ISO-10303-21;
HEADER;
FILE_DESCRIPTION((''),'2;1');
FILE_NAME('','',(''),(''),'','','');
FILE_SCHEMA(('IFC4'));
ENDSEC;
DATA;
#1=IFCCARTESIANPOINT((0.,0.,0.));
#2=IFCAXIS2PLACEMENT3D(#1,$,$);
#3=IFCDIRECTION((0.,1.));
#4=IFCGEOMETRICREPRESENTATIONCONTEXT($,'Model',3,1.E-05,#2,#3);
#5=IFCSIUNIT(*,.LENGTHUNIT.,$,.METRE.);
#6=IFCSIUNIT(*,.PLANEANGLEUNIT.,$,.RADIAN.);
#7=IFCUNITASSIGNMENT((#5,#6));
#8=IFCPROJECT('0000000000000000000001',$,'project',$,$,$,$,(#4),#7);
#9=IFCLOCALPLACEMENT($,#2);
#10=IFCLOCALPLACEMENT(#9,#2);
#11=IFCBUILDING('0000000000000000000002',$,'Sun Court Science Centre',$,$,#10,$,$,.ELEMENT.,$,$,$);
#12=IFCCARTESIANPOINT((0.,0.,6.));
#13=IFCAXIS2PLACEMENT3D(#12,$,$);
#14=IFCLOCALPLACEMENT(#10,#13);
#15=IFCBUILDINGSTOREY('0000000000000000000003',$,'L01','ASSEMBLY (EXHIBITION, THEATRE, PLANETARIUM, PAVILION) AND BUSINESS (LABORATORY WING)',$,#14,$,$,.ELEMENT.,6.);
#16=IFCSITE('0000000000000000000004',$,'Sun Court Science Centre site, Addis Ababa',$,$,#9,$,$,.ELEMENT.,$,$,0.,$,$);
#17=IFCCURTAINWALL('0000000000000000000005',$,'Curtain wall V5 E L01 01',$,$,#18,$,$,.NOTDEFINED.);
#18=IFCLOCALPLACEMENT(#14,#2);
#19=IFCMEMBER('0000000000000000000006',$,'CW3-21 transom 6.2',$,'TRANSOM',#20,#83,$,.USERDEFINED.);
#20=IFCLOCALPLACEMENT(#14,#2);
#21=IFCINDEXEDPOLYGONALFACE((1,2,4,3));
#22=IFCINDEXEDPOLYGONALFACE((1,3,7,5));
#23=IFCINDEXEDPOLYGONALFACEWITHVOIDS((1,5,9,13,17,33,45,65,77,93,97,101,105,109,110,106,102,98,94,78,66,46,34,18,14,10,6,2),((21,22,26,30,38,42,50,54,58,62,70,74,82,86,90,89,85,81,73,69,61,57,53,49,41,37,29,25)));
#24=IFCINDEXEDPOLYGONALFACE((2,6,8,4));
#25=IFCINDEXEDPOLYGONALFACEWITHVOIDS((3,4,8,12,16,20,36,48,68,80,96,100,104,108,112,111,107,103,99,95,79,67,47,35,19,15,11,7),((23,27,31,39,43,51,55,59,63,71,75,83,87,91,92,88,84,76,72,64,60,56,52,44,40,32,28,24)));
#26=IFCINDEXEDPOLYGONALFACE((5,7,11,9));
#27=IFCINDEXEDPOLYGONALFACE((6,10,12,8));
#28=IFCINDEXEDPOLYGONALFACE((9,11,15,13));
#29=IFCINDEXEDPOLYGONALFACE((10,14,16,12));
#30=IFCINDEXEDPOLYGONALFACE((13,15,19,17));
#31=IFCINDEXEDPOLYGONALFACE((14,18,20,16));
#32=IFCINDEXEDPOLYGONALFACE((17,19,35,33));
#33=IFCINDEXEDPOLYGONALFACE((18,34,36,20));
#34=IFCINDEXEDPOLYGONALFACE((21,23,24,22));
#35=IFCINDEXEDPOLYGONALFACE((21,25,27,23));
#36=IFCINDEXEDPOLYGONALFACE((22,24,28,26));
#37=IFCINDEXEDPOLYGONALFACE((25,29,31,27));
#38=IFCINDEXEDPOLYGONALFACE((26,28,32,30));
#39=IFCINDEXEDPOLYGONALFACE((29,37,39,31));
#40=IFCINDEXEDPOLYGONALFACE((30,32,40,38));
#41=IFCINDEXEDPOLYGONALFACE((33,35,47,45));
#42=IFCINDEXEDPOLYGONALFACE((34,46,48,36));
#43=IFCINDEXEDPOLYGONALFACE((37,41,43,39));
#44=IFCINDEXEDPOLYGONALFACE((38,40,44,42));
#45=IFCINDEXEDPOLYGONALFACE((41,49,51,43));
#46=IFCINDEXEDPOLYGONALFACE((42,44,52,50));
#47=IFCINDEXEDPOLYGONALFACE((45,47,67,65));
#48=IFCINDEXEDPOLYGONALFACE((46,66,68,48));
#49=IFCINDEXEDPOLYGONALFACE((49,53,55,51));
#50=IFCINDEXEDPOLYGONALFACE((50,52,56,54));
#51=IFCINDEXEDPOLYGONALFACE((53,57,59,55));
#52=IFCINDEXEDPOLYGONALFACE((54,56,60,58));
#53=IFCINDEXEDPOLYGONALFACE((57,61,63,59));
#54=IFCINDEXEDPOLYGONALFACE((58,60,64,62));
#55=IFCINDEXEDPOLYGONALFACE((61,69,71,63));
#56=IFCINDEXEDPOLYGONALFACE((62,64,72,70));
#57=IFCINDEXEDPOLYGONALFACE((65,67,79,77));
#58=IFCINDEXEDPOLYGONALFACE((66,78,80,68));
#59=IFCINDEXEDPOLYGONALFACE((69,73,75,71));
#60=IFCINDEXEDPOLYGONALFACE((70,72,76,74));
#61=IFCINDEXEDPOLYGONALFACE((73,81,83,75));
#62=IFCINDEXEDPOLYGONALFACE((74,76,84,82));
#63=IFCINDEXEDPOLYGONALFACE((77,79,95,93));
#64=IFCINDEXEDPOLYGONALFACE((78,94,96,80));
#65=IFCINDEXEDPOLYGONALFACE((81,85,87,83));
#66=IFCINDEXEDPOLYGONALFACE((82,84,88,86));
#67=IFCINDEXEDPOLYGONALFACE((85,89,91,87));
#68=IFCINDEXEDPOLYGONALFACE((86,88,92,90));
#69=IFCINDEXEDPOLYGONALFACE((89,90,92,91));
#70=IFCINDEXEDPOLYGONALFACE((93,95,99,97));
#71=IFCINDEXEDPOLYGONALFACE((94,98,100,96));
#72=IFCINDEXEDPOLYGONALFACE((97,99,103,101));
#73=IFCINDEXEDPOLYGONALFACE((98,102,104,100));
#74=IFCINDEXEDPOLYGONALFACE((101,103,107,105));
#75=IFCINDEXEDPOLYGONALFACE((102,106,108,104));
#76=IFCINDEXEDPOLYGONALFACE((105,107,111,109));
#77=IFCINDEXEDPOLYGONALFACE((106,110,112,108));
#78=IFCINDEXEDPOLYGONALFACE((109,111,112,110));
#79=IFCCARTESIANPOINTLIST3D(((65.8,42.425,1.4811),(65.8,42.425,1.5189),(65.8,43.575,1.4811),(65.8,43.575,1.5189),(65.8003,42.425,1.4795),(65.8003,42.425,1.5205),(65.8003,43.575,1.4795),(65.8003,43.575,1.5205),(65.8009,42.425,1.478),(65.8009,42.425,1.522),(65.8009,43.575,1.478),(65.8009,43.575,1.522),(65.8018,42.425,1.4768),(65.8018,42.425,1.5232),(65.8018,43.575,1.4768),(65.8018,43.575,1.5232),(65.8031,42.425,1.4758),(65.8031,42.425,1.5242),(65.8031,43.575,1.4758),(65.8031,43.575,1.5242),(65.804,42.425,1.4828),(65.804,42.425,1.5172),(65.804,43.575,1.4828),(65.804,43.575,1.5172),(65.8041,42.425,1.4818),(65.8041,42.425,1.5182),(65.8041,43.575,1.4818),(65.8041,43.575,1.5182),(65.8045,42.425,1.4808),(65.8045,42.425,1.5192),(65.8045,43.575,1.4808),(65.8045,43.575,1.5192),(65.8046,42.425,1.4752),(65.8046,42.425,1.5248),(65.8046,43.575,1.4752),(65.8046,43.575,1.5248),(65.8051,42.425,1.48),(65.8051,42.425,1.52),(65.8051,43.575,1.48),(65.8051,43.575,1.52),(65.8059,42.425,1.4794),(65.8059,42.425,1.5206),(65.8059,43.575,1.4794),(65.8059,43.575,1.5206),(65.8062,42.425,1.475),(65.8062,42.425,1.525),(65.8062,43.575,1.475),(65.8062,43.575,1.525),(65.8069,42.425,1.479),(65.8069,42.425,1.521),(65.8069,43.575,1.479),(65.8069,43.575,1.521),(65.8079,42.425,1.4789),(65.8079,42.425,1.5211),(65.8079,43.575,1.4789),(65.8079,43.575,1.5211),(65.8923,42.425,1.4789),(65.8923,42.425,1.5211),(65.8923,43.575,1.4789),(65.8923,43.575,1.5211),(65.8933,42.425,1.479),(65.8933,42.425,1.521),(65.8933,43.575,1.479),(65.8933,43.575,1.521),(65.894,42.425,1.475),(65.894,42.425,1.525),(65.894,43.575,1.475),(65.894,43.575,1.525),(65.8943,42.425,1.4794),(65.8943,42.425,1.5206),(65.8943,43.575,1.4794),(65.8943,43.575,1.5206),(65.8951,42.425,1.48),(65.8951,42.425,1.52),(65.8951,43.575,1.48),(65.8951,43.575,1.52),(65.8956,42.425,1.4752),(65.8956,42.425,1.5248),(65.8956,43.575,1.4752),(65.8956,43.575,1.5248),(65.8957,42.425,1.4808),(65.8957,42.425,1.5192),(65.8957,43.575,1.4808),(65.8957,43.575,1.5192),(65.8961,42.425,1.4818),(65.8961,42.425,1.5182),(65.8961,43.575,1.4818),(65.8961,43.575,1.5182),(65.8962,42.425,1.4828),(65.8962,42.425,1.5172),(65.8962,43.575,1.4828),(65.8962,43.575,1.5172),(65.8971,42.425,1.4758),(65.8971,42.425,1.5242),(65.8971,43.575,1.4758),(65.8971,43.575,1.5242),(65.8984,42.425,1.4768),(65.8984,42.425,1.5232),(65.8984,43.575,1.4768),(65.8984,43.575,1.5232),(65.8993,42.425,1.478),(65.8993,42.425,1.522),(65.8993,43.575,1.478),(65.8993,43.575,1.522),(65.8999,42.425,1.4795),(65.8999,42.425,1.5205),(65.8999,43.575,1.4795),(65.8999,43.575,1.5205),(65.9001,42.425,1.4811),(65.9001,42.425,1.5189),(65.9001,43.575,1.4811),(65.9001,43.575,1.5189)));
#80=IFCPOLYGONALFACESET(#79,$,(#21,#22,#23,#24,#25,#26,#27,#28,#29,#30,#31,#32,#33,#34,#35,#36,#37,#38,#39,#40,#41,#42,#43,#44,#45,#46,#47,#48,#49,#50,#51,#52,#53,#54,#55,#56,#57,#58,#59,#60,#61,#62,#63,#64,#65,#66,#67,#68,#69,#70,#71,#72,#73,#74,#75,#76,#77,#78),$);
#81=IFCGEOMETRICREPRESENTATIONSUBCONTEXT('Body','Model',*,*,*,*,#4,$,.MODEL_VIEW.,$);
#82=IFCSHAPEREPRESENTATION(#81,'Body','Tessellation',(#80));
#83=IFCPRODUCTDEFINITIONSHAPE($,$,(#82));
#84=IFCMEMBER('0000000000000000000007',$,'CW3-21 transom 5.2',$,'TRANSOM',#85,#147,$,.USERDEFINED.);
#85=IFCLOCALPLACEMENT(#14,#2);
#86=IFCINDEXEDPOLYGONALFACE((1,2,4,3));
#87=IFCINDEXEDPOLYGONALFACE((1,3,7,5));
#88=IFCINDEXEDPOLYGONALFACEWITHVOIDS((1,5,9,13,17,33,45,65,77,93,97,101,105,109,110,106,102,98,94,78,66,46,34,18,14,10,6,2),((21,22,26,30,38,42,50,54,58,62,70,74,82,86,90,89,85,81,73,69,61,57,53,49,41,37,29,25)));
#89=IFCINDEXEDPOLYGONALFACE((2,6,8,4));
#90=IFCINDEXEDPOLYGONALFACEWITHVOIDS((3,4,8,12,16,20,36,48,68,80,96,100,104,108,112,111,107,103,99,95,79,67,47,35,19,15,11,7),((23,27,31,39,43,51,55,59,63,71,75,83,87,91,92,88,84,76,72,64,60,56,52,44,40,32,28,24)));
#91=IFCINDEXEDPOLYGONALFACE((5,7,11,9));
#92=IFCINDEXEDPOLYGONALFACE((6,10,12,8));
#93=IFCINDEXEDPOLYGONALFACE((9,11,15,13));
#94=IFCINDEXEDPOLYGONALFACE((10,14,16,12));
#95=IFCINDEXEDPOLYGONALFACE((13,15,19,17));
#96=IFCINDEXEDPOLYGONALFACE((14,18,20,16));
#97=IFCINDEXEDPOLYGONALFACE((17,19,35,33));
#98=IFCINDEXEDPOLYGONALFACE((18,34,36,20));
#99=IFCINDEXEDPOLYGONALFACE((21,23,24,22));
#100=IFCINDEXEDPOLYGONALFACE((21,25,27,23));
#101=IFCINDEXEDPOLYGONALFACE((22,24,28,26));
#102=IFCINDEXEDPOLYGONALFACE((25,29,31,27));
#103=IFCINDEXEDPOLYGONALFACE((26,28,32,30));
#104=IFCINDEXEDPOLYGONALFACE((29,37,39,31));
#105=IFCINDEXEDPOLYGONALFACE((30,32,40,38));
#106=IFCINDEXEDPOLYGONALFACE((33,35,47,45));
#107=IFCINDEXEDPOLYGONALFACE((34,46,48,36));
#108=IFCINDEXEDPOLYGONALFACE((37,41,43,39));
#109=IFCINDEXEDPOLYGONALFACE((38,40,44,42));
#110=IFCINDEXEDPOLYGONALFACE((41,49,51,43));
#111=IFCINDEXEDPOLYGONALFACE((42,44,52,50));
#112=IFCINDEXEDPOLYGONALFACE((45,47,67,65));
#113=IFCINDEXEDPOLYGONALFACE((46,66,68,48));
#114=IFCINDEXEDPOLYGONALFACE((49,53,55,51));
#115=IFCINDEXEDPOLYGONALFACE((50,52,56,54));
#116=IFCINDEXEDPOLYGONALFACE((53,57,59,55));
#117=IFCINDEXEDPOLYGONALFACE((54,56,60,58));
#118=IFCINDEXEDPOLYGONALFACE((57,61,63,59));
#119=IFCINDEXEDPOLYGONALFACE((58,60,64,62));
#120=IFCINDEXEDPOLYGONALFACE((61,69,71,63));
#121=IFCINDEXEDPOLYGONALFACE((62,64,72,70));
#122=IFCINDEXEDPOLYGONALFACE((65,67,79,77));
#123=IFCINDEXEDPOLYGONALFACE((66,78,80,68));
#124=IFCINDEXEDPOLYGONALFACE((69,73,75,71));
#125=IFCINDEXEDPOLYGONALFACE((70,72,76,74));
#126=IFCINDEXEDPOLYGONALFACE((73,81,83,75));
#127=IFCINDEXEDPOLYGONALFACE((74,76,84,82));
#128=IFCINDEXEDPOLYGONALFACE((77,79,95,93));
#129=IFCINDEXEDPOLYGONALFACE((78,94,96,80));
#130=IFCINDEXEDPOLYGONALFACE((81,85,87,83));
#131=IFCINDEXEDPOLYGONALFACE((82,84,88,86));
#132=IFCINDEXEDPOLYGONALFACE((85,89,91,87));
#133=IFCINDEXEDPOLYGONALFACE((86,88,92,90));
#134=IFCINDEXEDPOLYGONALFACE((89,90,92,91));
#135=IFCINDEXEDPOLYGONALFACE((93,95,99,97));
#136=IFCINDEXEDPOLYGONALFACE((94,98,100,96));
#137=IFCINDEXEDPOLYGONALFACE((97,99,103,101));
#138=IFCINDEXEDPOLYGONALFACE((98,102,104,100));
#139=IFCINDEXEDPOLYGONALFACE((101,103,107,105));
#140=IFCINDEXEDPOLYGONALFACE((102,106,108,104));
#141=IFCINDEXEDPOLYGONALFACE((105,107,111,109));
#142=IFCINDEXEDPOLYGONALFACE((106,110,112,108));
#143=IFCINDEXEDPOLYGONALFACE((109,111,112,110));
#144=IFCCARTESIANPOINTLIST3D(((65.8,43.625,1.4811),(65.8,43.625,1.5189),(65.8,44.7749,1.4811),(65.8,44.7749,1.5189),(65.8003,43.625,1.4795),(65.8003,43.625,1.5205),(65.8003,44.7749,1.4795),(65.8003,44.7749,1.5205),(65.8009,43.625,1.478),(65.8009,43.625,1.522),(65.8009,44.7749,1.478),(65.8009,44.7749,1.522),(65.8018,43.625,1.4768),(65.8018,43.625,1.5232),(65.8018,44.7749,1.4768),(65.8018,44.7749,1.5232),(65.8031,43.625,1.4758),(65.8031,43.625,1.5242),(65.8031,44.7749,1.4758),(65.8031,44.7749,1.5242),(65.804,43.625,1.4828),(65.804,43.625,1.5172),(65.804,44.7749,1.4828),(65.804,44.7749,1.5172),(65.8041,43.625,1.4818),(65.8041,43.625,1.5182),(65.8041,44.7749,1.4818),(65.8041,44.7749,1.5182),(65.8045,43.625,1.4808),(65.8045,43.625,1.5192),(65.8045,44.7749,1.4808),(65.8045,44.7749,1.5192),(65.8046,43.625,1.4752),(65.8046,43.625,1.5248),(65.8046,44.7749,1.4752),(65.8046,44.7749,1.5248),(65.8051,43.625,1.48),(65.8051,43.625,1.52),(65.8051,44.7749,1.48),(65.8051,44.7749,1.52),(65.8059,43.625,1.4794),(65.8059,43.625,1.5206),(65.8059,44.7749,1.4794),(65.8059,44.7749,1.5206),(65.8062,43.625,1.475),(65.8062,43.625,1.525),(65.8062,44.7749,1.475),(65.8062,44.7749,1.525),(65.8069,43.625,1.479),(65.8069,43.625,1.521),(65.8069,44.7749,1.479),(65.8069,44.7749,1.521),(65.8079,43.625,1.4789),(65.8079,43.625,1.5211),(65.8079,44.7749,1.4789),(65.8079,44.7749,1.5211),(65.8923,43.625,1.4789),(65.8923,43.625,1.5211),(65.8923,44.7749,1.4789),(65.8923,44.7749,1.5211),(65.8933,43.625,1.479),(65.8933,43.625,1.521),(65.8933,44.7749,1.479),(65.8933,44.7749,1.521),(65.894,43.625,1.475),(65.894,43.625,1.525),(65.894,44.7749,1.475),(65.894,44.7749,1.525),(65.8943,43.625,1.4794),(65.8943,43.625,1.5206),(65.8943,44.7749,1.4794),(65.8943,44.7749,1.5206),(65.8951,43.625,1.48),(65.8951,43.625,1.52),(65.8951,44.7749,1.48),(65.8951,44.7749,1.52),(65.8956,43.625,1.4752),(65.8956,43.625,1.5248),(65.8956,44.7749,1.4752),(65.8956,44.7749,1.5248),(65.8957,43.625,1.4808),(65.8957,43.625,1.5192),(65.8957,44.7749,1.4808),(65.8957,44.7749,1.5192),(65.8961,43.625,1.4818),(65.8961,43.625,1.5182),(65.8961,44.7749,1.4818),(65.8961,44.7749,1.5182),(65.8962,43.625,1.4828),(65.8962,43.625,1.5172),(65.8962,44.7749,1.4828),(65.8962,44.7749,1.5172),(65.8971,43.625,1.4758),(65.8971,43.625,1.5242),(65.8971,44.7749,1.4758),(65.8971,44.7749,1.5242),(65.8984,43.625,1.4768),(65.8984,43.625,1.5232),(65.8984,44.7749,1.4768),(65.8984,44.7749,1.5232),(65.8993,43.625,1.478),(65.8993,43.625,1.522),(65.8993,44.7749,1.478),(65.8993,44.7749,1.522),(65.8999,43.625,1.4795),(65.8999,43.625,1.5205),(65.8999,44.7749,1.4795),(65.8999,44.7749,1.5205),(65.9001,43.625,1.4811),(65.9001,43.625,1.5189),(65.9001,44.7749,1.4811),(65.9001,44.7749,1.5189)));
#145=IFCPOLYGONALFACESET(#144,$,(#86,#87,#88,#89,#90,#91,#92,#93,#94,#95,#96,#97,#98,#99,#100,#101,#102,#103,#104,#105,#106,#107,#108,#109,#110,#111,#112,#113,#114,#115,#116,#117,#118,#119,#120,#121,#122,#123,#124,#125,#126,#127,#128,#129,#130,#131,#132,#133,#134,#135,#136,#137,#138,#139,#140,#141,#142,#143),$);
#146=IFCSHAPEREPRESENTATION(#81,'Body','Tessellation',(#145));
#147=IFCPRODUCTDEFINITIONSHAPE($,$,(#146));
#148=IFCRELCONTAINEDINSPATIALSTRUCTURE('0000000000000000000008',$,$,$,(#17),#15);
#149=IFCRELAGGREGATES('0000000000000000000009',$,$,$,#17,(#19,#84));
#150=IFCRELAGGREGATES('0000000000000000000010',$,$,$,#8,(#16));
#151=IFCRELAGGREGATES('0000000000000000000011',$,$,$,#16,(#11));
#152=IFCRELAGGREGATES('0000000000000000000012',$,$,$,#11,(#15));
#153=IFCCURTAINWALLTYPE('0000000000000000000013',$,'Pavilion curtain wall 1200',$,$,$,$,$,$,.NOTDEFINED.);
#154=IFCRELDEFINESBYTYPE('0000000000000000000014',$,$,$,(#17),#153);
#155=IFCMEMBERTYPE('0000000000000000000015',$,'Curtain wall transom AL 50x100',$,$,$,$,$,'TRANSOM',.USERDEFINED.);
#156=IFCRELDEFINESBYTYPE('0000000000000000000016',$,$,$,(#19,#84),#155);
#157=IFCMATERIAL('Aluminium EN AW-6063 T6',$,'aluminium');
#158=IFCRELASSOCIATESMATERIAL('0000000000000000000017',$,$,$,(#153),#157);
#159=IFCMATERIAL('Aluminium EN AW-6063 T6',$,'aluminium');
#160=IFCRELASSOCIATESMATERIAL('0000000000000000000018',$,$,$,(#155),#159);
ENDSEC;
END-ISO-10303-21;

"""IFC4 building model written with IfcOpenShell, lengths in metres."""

from ifc_helpers import new_model, si_unit, direction, frame, origin, origin_2d, place, context, subcontext, project, spatial, hollow_rectangle, extrude, material, material_profile, profile_set, type_object, element, aggregate, save


model = new_model("IFC4")

# Units and contexts
model_context = context("Model", 3, precision=1e-05, world=origin(), true_north=direction((0.0, 1.0)))
body_context = subcontext(model_context, "Body", "Model", "MODEL_VIEW")
ifc_project = project(units=[si_unit("LENGTHUNIT", "METRE"), si_unit("PLANEANGLEUNIT", "RADIAN")], contexts=[model_context])

# Site, building, storey
site_placement = place(None, origin())
site = spatial("IfcSite", under=ifc_project, at=site_placement, Name="Sun Court Science Centre site, Addis Ababa", CompositionType="ELEMENT", RefElevation=0.0)
building_placement = place(site_placement, origin())
building = spatial("IfcBuilding", under=site, at=building_placement, Name="Sun Court Science Centre", CompositionType="ELEMENT")
storey_placement = place(building_placement, frame((0.0, 0.0, 6.0)))
storey = spatial("IfcBuildingStorey", under=building, at=storey_placement, Name="L01", Description="ASSEMBLY (EXHIBITION, THEATRE, PLANETARIUM, PAVILION) AND BUSINESS (LABORATORY WING)", CompositionType="ELEMENT", Elevation=6.0)

# Curtain wall, members
ifc_material_1 = material(Name="Aluminium EN AW-6063 T6", Category="aluminium")
curtain_wall_type = type_object("IfcCurtainWallType", Name="Pavilion curtain wall 1200", PredefinedType="NOTDEFINED", material=ifc_material_1)
curtain_wall_placement = place(storey_placement, origin())
curtain_wall = element("IfcCurtainWall", 1, at=curtain_wall_placement, inside=storey, type_object=curtain_wall_type, Name="Curtain wall V5 E L01 01", PredefinedType="NOTDEFINED")
ifc_material_2 = material(Name="Aluminium EN AW-6063 T6", Category="aluminium")
ifc_material_profile_1 = material_profile(ifc_material_2, hollow_rectangle(XDim=0.05, YDim=0.1001, WallThickness=0.0039, InnerFilletRadius=0.0039, OuterFilletRadius=0.0061, at=origin_2d()), Name="AL 50x100x4")
ifc_profile_set_1 = profile_set([ifc_material_profile_1], Name="Aluminium EN AW-6063 T6")
member_type_1 = type_object("IfcMemberType", Name="Curtain wall transom AL 50x100", ElementType="TRANSOM", PredefinedType="USERDEFINED", material=ifc_profile_set_1)
member_1_placement = place(storey_placement, frame((65.8501, 43.575, 1.5), z_axis=(0.0, -1.0, 0.0), x_axis=(0.0, 0.0, 1.0)))
member_1 = element("IfcMember", 2, at=member_1_placement, type_object=member_type_1, Name="CW3-21 transom 6.2", ObjectType="TRANSOM", PredefinedType="USERDEFINED", context=body_context, shape_type="SweptSolid", body=[
    extrude(hollow_rectangle(XDim=0.05, YDim=0.1001, WallThickness=0.0039, InnerFilletRadius=0.0039, OuterFilletRadius=0.0061, at=origin_2d()), origin(), (0.0, 0.0, 1.0), 1.1499),
])
member_2_placement = place(storey_placement, frame((65.8501, 44.7749, 1.5), z_axis=(0.0, -1.0, 0.0), x_axis=(0.0, 0.0, 1.0)))
member_2 = element("IfcMember", 3, at=member_2_placement, type_object=member_type_1, Name="CW3-21 transom 5.2", ObjectType="TRANSOM", PredefinedType="USERDEFINED", context=body_context, shape_type="SweptSolid", body=[
    extrude(hollow_rectangle(XDim=0.05, YDim=0.1001, WallThickness=0.0039, InnerFilletRadius=0.0039, OuterFilletRadius=0.0061, at=origin_2d()), origin(), (0.0, 0.0, 1.0), 1.1499),
])
aggregate(curtain_wall, [member_1, member_2])

save(model, "model.ifc")
